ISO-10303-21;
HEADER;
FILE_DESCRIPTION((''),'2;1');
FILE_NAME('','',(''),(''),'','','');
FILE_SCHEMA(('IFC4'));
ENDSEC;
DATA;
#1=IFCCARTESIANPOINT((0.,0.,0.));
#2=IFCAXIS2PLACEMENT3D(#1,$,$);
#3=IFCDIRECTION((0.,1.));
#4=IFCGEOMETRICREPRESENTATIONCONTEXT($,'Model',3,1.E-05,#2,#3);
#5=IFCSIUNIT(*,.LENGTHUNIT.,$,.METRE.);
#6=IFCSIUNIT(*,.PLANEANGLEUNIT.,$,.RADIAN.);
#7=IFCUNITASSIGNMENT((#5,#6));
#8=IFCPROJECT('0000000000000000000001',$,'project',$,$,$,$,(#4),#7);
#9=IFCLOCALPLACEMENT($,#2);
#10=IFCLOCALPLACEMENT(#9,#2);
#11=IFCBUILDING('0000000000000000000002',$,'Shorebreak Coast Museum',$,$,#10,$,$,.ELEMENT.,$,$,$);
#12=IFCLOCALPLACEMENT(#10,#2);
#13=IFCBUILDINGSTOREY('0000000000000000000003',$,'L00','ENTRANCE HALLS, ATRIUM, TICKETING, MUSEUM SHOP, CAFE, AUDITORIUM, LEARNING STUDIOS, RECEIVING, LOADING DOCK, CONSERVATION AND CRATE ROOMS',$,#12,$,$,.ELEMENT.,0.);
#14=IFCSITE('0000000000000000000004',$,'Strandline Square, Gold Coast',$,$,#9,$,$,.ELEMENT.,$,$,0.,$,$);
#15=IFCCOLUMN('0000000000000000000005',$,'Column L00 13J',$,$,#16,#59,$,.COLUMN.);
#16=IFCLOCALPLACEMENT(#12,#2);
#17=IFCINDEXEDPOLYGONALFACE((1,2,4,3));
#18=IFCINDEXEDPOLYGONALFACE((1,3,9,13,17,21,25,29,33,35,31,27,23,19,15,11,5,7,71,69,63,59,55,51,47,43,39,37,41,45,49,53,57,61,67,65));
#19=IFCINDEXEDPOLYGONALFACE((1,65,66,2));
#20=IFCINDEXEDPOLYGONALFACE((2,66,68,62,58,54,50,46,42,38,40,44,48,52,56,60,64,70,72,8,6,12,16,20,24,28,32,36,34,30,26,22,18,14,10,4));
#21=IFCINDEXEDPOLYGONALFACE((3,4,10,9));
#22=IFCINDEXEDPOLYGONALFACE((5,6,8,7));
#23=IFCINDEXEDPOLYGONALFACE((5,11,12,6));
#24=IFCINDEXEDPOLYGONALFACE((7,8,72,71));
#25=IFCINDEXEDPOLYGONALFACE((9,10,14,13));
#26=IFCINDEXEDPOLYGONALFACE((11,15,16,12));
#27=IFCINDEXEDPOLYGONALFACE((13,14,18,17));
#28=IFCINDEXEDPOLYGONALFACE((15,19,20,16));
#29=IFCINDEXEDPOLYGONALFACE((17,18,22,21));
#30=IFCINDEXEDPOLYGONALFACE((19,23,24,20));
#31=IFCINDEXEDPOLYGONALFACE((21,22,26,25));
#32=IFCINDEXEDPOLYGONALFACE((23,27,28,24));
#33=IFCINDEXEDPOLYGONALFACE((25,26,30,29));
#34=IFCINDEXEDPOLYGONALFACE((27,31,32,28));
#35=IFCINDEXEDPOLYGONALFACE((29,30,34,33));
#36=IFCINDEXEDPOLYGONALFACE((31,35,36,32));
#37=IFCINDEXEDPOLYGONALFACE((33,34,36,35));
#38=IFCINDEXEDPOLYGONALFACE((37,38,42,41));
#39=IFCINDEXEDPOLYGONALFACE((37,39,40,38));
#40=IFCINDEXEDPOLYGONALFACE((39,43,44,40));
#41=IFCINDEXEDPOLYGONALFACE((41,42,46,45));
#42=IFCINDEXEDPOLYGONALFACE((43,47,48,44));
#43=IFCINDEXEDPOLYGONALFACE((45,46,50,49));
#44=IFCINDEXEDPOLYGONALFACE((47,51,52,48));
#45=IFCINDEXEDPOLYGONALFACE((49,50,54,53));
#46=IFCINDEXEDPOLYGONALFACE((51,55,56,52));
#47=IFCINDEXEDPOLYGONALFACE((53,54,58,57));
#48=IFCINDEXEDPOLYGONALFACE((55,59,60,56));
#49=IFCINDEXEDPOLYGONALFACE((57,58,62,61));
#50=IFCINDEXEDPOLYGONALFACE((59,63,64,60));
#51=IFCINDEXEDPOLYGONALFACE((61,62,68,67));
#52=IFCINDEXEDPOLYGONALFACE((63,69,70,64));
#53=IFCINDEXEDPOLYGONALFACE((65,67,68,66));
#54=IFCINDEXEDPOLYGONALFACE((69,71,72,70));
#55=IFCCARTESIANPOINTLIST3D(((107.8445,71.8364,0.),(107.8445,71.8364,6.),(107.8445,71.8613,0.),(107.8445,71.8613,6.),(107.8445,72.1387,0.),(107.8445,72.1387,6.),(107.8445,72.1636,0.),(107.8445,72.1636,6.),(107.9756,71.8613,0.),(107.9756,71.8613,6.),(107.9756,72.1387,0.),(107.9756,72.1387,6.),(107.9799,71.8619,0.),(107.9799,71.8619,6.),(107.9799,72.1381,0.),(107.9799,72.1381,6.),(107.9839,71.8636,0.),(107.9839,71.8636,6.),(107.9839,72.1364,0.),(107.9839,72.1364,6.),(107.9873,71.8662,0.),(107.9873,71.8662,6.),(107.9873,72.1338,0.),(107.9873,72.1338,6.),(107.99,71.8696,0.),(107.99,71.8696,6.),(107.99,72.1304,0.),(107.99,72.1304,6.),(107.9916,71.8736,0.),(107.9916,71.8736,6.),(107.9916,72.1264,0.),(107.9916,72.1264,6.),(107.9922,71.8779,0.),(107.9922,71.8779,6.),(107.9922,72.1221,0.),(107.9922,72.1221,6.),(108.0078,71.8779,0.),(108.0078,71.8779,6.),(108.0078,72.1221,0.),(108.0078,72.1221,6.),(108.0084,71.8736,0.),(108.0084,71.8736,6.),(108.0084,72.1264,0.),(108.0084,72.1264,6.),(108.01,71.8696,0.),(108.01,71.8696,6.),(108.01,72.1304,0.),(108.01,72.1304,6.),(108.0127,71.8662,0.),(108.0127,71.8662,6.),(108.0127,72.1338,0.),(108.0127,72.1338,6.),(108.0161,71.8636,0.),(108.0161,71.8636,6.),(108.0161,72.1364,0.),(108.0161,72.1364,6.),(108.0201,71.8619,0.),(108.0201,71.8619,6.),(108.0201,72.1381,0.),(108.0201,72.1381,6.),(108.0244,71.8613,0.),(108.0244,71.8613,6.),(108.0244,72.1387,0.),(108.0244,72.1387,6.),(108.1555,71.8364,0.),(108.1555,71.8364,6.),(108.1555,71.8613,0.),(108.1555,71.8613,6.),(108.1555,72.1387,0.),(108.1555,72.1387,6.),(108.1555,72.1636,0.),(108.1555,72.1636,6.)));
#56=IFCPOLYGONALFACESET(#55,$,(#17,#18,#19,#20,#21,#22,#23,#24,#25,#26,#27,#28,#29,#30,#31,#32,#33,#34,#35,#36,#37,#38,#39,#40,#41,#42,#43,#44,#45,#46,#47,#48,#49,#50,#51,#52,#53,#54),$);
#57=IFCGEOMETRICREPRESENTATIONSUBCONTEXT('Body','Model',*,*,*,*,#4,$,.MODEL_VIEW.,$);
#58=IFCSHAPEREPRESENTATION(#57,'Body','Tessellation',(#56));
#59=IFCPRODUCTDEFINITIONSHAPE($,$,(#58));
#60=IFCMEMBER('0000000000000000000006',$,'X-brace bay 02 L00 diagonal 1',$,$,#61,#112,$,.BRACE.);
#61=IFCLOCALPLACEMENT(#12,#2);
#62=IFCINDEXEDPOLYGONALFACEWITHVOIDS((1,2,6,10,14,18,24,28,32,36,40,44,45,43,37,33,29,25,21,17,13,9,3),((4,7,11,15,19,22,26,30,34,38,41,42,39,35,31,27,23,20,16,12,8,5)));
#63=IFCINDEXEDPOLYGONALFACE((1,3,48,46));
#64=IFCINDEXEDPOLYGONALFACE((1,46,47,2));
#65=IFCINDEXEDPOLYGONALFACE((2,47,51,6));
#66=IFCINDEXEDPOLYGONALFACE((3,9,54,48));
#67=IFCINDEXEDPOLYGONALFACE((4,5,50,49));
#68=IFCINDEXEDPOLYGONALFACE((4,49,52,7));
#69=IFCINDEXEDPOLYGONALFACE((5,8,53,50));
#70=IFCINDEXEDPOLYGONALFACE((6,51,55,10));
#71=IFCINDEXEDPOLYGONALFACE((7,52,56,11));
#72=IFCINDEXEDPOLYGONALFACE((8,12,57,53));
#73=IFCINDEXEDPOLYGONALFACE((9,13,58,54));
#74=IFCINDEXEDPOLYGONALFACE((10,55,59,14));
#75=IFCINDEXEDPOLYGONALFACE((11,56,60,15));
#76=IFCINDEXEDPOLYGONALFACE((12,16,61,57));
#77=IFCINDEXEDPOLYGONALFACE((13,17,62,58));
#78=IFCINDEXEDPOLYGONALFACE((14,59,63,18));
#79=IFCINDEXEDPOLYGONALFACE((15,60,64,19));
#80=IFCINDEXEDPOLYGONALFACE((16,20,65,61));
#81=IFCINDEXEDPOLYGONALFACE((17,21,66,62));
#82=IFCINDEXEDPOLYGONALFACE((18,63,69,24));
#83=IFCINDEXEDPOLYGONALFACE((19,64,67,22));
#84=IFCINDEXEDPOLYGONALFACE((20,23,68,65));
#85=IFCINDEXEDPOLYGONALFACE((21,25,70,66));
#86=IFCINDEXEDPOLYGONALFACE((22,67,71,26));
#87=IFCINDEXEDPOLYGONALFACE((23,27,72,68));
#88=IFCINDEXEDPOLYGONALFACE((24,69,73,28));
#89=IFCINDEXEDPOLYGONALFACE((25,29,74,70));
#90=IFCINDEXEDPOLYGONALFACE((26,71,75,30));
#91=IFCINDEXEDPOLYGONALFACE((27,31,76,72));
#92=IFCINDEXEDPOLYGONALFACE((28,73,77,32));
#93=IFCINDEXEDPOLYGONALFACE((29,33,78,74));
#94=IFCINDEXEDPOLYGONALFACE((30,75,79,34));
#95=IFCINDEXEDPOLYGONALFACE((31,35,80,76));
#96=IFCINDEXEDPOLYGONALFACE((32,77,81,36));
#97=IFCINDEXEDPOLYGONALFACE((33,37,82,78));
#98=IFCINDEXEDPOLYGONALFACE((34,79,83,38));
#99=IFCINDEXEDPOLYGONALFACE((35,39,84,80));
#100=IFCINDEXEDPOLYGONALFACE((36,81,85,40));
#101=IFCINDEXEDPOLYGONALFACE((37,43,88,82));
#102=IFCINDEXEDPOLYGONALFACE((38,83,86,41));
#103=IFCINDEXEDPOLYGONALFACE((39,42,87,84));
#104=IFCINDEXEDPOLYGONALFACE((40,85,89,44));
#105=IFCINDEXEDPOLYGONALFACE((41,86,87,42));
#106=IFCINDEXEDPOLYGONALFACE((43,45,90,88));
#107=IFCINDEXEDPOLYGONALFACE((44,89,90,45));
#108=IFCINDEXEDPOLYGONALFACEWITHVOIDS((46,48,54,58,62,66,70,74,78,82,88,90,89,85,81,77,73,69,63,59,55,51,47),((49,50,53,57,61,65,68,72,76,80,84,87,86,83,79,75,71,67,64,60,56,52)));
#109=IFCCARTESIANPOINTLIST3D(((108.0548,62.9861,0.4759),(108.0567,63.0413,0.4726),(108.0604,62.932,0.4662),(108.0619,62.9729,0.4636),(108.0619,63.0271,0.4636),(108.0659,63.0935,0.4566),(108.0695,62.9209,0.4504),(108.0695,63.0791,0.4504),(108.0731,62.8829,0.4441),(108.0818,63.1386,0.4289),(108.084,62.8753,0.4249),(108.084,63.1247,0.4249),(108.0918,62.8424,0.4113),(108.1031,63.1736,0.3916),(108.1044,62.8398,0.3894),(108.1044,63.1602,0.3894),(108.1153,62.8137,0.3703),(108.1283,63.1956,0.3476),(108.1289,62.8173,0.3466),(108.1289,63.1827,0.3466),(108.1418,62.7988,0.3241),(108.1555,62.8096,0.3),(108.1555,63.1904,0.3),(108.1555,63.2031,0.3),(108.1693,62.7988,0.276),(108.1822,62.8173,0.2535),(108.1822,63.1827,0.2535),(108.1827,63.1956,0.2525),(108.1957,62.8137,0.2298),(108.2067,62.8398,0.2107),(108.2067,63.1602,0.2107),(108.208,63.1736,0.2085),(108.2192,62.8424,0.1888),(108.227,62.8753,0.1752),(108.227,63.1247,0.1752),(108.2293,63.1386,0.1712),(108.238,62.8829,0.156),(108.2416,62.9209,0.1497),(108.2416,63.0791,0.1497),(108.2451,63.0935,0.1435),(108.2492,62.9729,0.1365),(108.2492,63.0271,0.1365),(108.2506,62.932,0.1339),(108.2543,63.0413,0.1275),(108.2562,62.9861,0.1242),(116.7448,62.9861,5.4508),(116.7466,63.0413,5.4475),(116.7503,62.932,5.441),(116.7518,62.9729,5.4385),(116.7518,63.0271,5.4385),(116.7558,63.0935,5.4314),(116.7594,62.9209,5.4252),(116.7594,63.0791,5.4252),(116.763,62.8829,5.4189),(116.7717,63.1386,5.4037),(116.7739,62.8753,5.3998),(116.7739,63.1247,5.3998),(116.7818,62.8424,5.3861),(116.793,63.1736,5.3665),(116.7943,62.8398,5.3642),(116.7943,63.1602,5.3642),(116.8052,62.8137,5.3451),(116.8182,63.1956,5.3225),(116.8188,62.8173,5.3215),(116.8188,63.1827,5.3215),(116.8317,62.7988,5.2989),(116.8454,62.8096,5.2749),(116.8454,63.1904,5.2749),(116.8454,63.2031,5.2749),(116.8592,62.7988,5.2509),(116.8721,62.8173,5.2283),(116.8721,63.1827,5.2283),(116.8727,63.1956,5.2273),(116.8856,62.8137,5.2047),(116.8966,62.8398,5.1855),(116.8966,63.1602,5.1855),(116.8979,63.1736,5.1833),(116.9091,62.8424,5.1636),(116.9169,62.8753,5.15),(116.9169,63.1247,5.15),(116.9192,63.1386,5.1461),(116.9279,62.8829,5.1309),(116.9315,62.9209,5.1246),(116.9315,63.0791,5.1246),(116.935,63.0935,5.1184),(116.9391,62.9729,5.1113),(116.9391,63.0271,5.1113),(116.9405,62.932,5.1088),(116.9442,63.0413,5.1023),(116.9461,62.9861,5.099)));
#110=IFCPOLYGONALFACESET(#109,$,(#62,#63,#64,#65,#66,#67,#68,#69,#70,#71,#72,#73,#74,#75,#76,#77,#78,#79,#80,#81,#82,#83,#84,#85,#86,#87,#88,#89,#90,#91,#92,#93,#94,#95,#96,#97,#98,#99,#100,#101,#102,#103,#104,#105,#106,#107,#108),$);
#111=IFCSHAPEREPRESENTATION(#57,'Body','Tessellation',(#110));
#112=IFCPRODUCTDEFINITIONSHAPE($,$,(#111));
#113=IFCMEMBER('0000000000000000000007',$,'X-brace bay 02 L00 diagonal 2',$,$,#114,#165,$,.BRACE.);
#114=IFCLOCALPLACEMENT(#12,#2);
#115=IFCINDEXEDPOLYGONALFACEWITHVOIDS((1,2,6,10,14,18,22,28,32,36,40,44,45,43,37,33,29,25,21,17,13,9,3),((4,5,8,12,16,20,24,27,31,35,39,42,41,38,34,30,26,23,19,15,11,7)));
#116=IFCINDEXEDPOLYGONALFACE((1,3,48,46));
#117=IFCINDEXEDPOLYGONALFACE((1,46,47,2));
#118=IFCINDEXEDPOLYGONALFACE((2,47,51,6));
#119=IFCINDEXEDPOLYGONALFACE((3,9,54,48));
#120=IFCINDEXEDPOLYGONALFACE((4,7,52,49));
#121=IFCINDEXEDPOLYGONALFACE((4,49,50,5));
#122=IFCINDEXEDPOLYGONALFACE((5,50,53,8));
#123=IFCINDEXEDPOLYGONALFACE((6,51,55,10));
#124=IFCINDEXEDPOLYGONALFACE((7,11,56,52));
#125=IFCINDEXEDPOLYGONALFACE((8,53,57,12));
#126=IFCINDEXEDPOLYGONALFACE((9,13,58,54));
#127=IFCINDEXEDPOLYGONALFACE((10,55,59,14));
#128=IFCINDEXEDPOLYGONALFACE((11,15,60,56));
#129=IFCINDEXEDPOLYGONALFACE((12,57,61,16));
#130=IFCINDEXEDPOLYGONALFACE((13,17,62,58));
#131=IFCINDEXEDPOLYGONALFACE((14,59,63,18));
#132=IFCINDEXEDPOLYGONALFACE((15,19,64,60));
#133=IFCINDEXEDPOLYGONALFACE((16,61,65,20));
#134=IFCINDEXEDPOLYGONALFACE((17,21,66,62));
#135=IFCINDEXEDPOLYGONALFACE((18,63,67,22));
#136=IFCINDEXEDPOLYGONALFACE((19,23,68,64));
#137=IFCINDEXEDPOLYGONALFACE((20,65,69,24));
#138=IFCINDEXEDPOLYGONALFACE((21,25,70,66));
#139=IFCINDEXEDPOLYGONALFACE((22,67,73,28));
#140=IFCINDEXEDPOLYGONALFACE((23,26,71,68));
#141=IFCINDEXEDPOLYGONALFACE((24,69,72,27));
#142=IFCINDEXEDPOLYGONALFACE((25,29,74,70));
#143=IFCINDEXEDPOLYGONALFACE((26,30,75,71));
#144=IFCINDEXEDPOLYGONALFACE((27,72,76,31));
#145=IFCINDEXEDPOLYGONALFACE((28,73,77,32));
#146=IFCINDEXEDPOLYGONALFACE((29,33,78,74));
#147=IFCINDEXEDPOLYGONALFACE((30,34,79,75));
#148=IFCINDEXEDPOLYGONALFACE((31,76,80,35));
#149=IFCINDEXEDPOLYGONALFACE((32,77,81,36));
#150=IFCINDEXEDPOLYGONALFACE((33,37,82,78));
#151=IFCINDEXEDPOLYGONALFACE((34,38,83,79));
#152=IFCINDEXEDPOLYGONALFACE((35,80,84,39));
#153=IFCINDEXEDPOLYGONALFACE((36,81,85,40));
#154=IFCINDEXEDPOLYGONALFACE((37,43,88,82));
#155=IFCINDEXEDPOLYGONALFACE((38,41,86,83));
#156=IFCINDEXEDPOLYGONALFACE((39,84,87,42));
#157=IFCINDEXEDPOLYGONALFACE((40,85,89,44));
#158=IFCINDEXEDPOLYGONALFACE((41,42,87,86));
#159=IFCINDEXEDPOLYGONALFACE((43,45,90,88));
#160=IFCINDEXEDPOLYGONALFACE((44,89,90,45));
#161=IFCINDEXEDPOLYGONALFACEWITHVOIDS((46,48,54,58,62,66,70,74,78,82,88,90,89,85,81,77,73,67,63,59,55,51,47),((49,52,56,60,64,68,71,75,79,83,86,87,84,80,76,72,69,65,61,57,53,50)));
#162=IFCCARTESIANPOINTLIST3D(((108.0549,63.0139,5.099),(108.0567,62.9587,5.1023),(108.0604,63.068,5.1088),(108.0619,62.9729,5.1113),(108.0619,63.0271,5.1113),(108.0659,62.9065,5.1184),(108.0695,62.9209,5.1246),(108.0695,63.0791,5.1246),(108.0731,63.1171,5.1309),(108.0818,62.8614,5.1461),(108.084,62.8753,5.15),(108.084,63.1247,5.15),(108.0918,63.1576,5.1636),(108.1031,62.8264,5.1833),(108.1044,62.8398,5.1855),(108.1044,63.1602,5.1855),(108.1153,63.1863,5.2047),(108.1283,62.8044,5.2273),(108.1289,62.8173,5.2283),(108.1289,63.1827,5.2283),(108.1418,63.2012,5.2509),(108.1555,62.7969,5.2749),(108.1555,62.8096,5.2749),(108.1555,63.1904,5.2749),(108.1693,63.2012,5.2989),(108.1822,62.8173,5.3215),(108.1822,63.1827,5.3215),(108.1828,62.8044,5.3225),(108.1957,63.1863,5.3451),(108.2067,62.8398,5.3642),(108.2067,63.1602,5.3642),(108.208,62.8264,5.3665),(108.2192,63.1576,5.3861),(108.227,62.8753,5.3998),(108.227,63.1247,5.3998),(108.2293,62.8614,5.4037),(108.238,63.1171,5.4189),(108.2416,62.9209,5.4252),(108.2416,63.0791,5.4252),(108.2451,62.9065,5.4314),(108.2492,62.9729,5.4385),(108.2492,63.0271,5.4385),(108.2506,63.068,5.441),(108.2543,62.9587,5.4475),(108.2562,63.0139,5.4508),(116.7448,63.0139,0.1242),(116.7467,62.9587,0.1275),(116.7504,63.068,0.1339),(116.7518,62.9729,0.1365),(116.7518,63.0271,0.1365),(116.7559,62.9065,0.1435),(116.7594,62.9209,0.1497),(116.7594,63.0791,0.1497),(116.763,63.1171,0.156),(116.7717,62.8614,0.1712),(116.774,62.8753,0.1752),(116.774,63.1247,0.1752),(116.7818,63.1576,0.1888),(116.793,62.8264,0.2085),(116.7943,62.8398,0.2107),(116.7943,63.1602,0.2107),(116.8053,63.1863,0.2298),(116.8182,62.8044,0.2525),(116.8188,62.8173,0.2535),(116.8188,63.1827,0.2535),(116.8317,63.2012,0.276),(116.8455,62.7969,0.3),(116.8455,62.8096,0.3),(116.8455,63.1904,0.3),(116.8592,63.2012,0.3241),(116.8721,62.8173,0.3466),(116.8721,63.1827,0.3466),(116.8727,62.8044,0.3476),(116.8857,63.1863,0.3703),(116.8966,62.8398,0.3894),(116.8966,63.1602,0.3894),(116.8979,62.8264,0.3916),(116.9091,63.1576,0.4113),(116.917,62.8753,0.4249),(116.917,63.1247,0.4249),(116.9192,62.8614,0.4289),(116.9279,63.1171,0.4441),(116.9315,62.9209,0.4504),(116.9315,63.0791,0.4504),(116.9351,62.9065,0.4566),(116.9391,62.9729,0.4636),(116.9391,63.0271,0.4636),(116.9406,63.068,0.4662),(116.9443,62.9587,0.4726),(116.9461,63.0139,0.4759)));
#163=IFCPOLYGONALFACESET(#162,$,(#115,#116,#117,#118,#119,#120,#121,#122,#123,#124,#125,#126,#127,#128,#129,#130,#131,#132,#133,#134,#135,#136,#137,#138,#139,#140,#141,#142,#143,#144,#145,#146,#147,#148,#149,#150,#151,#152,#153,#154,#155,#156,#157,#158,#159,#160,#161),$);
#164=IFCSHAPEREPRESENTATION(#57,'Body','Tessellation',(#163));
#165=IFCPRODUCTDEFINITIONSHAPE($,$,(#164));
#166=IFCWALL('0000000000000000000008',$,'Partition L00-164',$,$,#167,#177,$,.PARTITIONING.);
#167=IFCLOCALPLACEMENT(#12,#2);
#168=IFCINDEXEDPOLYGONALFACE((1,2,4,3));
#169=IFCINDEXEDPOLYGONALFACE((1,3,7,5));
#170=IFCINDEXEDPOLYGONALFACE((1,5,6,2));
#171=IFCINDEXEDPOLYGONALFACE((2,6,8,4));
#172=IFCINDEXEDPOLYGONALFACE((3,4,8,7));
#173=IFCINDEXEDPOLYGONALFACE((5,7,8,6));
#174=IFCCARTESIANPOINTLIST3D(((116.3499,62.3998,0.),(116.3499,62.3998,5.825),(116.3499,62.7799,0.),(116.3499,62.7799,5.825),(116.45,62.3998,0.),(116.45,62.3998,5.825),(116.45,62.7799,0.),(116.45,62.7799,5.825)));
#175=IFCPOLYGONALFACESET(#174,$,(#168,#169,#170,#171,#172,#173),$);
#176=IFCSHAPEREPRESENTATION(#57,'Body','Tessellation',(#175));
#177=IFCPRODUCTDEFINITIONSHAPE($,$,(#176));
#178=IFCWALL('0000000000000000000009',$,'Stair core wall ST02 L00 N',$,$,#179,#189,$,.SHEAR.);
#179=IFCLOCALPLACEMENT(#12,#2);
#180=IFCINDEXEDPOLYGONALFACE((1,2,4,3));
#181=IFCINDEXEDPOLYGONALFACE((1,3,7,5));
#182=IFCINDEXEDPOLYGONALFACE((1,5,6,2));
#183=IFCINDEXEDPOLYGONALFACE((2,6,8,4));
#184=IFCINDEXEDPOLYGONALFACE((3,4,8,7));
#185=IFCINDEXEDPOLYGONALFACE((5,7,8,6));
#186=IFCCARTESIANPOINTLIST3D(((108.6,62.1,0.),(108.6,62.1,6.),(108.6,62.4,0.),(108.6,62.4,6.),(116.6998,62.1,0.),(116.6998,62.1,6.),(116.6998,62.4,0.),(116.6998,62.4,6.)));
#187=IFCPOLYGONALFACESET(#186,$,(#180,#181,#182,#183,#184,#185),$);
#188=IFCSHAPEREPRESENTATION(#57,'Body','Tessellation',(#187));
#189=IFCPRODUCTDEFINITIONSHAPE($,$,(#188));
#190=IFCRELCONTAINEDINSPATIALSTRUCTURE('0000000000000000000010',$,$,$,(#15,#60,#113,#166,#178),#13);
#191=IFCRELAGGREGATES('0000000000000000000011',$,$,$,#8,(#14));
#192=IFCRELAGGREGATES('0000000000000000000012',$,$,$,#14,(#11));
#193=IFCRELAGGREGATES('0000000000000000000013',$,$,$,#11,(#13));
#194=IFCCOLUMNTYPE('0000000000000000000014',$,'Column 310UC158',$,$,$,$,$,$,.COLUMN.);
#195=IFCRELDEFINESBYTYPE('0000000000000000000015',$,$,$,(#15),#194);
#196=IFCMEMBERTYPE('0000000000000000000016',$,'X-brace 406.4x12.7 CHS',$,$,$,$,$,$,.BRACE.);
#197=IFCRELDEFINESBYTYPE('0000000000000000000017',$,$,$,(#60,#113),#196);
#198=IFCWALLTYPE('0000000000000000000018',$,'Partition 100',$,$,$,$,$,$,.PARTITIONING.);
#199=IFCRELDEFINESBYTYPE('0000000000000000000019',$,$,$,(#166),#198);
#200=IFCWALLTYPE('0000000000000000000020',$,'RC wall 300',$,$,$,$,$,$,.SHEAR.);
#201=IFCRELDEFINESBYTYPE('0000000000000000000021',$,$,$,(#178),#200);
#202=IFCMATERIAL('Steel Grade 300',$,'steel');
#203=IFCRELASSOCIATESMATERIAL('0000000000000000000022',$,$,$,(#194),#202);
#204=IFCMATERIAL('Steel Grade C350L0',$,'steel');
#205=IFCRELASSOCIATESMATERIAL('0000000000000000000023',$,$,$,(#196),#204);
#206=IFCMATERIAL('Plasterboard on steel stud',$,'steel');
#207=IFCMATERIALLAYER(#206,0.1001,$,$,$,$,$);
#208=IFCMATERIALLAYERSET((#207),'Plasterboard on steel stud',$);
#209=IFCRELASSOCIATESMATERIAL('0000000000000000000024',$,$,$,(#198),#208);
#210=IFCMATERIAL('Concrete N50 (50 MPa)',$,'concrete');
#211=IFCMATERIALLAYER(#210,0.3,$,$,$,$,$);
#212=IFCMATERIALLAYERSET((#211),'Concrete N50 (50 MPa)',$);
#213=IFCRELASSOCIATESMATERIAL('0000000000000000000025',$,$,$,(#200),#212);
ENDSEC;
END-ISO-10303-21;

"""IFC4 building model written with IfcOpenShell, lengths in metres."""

from ifc_helpers import new_model, si_unit, direction, frame, frame_2d, origin, origin_2d, place, context, subcontext, project, spatial, rectangle, hollow_circle, i_section, extrude, material, layer, layer_set, material_profile, profile_set, type_object, element, save


model = new_model("IFC4")

# Units and contexts
model_context = context("Model", 3, precision=1e-05, world=origin(), true_north=direction((0.0, 1.0)))
body_context = subcontext(model_context, "Body", "Model", "MODEL_VIEW")
ifc_project = project(units=[si_unit("LENGTHUNIT", "METRE"), si_unit("PLANEANGLEUNIT", "RADIAN")], contexts=[model_context])

# Site, building, storey
site_placement = place(None, origin())
site = spatial("IfcSite", under=ifc_project, at=site_placement, Name="Strandline Square, Gold Coast", CompositionType="ELEMENT", RefElevation=0.0)
building_placement = place(site_placement, origin())
building = spatial("IfcBuilding", under=site, at=building_placement, Name="Shorebreak Coast Museum", CompositionType="ELEMENT")
storey_placement = place(building_placement, origin())
storey = spatial("IfcBuildingStorey", under=building, at=storey_placement, Name="L00", Description="ENTRANCE HALLS, ATRIUM, TICKETING, MUSEUM SHOP, CAFE, AUDITORIUM, LEARNING STUDIOS, RECEIVING, LOADING DOCK, CONSERVATION AND CRATE ROOMS", CompositionType="ELEMENT", Elevation=0.0)

# Column
ifc_material_1 = material(Name="Steel Grade 300", Category="steel")
ifc_material_profile_1 = material_profile(ifc_material_1, i_section(OverallWidth=0.311, OverallDepth=0.3271, WebThickness=0.0156, FlangeThickness=0.0249, FilletRadius=0.0166, at=origin_2d()), Name="310UC158")
ifc_profile_set_1 = profile_set([ifc_material_profile_1], Name="Steel Grade 300")
column_type = type_object("IfcColumnType", Name="Column 310UC158", PredefinedType="COLUMN", material=ifc_profile_set_1)
for number, where, z_axis, x_axis, name in (
    (1, (108.0, 72.0, 0.0), (0.0, 0.0, 1.0), (1.0, 0.0, 0.0), "Column L00 13J"),
):
    element("IfcColumn", number, at=place(storey_placement, frame(where, z_axis=z_axis, x_axis=x_axis)), inside=storey, type_object=column_type, Name=name, PredefinedType="COLUMN", context=body_context, shape_type="SweptSolid", body=[
        extrude(i_section(OverallWidth=0.311, OverallDepth=0.3271, WebThickness=0.0156, FlangeThickness=0.0249, FilletRadius=0.0166, at=origin_2d()), origin(), (0.0, 0.0, 1.0), 6.0),
    ])

# Members
ifc_material_2 = material(Name="Steel Grade C350L0", Category="steel")
ifc_material_profile_2 = material_profile(ifc_material_2, hollow_circle(Radius=0.2031, WallThickness=0.0127, at=origin_2d()), Name="406.4x12.7 CHS")
ifc_profile_set_2 = profile_set([ifc_material_profile_2], Name="Steel Grade C350L0")
member_type = type_object("IfcMemberType", Name="X-brace 406.4x12.7 CHS", PredefinedType="BRACE", material=ifc_profile_set_2)
for number, where, z_axis, x_axis, name in (
    (2, (108.1555, 63.0, 0.3), (0.867848, 0.0, 0.496829), (0.0, 1.0, 0.0), "X-brace bay 02 L00 diagonal 1"),
    (3, (116.8455, 63.0, 0.3), (-0.867848, 0.0, 0.496829), (0.0, -1.0, 0.0), "X-brace bay 02 L00 diagonal 2"),
):
    element("IfcMember", number, at=place(storey_placement, frame(where, z_axis=z_axis, x_axis=x_axis)), inside=storey, type_object=member_type, Name=name, PredefinedType="BRACE", context=body_context, shape_type="SweptSolid", body=[
        extrude(hollow_circle(Radius=0.2031, WallThickness=0.0127, at=origin_2d()), origin(), (0.0, 0.0, 1.0), 10.0132),
    ])

# Walls
ifc_material_3 = material(Name="Plasterboard on steel stud", Category="steel")
ifc_layer_1 = layer(ifc_material_3, 0.1001)
ifc_layer_set_1 = layer_set([ifc_layer_1], Name="Plasterboard on steel stud")
wall_type_1 = type_object("IfcWallType", Name="Partition 100", PredefinedType="PARTITIONING", material=ifc_layer_set_1)
wall_1_placement = place(storey_placement, frame((116.3999, 62.3999, 0.0), z_axis=(0.0, 0.0, 1.0), x_axis=(0.0, 1.0, 0.0)))
element("IfcWall", 4, at=wall_1_placement, inside=storey, type_object=wall_type_1, Name="Partition L00-164", PredefinedType="PARTITIONING", context=body_context, shape_type="SweptSolid", body=[
    extrude(rectangle(XDim=0.3801, YDim=0.1001, at=frame_2d((0.1899, 0.0))), origin(), (0.0, 0.0, 1.0), 5.825),
])
ifc_material_4 = material(Name="Concrete N50 (50 MPa)", Category="concrete")
ifc_layer_2 = layer(ifc_material_4, 0.3)
ifc_layer_set_2 = layer_set([ifc_layer_2], Name="Concrete N50 (50 MPa)")
wall_type_2 = type_object("IfcWallType", Name="RC wall 300", PredefinedType="SHEAR", material=ifc_layer_set_2)
wall_2_placement = place(storey_placement, frame((108.6001, 62.25, 0.0), z_axis=(0.0, 0.0, 1.0), x_axis=(1.0, 0.0, 0.0)))
element("IfcWall", 5, at=wall_2_placement, inside=storey, type_object=wall_type_2, Name="Stair core wall ST02 L00 N", PredefinedType="SHEAR", context=body_context, shape_type="SweptSolid", body=[
    extrude(rectangle(XDim=8.0999, YDim=0.3, at=frame_2d((4.0498, 0.0))), origin(), (0.0, 0.0, 1.0), 6.0),
])

save(model, "model.ifc")
